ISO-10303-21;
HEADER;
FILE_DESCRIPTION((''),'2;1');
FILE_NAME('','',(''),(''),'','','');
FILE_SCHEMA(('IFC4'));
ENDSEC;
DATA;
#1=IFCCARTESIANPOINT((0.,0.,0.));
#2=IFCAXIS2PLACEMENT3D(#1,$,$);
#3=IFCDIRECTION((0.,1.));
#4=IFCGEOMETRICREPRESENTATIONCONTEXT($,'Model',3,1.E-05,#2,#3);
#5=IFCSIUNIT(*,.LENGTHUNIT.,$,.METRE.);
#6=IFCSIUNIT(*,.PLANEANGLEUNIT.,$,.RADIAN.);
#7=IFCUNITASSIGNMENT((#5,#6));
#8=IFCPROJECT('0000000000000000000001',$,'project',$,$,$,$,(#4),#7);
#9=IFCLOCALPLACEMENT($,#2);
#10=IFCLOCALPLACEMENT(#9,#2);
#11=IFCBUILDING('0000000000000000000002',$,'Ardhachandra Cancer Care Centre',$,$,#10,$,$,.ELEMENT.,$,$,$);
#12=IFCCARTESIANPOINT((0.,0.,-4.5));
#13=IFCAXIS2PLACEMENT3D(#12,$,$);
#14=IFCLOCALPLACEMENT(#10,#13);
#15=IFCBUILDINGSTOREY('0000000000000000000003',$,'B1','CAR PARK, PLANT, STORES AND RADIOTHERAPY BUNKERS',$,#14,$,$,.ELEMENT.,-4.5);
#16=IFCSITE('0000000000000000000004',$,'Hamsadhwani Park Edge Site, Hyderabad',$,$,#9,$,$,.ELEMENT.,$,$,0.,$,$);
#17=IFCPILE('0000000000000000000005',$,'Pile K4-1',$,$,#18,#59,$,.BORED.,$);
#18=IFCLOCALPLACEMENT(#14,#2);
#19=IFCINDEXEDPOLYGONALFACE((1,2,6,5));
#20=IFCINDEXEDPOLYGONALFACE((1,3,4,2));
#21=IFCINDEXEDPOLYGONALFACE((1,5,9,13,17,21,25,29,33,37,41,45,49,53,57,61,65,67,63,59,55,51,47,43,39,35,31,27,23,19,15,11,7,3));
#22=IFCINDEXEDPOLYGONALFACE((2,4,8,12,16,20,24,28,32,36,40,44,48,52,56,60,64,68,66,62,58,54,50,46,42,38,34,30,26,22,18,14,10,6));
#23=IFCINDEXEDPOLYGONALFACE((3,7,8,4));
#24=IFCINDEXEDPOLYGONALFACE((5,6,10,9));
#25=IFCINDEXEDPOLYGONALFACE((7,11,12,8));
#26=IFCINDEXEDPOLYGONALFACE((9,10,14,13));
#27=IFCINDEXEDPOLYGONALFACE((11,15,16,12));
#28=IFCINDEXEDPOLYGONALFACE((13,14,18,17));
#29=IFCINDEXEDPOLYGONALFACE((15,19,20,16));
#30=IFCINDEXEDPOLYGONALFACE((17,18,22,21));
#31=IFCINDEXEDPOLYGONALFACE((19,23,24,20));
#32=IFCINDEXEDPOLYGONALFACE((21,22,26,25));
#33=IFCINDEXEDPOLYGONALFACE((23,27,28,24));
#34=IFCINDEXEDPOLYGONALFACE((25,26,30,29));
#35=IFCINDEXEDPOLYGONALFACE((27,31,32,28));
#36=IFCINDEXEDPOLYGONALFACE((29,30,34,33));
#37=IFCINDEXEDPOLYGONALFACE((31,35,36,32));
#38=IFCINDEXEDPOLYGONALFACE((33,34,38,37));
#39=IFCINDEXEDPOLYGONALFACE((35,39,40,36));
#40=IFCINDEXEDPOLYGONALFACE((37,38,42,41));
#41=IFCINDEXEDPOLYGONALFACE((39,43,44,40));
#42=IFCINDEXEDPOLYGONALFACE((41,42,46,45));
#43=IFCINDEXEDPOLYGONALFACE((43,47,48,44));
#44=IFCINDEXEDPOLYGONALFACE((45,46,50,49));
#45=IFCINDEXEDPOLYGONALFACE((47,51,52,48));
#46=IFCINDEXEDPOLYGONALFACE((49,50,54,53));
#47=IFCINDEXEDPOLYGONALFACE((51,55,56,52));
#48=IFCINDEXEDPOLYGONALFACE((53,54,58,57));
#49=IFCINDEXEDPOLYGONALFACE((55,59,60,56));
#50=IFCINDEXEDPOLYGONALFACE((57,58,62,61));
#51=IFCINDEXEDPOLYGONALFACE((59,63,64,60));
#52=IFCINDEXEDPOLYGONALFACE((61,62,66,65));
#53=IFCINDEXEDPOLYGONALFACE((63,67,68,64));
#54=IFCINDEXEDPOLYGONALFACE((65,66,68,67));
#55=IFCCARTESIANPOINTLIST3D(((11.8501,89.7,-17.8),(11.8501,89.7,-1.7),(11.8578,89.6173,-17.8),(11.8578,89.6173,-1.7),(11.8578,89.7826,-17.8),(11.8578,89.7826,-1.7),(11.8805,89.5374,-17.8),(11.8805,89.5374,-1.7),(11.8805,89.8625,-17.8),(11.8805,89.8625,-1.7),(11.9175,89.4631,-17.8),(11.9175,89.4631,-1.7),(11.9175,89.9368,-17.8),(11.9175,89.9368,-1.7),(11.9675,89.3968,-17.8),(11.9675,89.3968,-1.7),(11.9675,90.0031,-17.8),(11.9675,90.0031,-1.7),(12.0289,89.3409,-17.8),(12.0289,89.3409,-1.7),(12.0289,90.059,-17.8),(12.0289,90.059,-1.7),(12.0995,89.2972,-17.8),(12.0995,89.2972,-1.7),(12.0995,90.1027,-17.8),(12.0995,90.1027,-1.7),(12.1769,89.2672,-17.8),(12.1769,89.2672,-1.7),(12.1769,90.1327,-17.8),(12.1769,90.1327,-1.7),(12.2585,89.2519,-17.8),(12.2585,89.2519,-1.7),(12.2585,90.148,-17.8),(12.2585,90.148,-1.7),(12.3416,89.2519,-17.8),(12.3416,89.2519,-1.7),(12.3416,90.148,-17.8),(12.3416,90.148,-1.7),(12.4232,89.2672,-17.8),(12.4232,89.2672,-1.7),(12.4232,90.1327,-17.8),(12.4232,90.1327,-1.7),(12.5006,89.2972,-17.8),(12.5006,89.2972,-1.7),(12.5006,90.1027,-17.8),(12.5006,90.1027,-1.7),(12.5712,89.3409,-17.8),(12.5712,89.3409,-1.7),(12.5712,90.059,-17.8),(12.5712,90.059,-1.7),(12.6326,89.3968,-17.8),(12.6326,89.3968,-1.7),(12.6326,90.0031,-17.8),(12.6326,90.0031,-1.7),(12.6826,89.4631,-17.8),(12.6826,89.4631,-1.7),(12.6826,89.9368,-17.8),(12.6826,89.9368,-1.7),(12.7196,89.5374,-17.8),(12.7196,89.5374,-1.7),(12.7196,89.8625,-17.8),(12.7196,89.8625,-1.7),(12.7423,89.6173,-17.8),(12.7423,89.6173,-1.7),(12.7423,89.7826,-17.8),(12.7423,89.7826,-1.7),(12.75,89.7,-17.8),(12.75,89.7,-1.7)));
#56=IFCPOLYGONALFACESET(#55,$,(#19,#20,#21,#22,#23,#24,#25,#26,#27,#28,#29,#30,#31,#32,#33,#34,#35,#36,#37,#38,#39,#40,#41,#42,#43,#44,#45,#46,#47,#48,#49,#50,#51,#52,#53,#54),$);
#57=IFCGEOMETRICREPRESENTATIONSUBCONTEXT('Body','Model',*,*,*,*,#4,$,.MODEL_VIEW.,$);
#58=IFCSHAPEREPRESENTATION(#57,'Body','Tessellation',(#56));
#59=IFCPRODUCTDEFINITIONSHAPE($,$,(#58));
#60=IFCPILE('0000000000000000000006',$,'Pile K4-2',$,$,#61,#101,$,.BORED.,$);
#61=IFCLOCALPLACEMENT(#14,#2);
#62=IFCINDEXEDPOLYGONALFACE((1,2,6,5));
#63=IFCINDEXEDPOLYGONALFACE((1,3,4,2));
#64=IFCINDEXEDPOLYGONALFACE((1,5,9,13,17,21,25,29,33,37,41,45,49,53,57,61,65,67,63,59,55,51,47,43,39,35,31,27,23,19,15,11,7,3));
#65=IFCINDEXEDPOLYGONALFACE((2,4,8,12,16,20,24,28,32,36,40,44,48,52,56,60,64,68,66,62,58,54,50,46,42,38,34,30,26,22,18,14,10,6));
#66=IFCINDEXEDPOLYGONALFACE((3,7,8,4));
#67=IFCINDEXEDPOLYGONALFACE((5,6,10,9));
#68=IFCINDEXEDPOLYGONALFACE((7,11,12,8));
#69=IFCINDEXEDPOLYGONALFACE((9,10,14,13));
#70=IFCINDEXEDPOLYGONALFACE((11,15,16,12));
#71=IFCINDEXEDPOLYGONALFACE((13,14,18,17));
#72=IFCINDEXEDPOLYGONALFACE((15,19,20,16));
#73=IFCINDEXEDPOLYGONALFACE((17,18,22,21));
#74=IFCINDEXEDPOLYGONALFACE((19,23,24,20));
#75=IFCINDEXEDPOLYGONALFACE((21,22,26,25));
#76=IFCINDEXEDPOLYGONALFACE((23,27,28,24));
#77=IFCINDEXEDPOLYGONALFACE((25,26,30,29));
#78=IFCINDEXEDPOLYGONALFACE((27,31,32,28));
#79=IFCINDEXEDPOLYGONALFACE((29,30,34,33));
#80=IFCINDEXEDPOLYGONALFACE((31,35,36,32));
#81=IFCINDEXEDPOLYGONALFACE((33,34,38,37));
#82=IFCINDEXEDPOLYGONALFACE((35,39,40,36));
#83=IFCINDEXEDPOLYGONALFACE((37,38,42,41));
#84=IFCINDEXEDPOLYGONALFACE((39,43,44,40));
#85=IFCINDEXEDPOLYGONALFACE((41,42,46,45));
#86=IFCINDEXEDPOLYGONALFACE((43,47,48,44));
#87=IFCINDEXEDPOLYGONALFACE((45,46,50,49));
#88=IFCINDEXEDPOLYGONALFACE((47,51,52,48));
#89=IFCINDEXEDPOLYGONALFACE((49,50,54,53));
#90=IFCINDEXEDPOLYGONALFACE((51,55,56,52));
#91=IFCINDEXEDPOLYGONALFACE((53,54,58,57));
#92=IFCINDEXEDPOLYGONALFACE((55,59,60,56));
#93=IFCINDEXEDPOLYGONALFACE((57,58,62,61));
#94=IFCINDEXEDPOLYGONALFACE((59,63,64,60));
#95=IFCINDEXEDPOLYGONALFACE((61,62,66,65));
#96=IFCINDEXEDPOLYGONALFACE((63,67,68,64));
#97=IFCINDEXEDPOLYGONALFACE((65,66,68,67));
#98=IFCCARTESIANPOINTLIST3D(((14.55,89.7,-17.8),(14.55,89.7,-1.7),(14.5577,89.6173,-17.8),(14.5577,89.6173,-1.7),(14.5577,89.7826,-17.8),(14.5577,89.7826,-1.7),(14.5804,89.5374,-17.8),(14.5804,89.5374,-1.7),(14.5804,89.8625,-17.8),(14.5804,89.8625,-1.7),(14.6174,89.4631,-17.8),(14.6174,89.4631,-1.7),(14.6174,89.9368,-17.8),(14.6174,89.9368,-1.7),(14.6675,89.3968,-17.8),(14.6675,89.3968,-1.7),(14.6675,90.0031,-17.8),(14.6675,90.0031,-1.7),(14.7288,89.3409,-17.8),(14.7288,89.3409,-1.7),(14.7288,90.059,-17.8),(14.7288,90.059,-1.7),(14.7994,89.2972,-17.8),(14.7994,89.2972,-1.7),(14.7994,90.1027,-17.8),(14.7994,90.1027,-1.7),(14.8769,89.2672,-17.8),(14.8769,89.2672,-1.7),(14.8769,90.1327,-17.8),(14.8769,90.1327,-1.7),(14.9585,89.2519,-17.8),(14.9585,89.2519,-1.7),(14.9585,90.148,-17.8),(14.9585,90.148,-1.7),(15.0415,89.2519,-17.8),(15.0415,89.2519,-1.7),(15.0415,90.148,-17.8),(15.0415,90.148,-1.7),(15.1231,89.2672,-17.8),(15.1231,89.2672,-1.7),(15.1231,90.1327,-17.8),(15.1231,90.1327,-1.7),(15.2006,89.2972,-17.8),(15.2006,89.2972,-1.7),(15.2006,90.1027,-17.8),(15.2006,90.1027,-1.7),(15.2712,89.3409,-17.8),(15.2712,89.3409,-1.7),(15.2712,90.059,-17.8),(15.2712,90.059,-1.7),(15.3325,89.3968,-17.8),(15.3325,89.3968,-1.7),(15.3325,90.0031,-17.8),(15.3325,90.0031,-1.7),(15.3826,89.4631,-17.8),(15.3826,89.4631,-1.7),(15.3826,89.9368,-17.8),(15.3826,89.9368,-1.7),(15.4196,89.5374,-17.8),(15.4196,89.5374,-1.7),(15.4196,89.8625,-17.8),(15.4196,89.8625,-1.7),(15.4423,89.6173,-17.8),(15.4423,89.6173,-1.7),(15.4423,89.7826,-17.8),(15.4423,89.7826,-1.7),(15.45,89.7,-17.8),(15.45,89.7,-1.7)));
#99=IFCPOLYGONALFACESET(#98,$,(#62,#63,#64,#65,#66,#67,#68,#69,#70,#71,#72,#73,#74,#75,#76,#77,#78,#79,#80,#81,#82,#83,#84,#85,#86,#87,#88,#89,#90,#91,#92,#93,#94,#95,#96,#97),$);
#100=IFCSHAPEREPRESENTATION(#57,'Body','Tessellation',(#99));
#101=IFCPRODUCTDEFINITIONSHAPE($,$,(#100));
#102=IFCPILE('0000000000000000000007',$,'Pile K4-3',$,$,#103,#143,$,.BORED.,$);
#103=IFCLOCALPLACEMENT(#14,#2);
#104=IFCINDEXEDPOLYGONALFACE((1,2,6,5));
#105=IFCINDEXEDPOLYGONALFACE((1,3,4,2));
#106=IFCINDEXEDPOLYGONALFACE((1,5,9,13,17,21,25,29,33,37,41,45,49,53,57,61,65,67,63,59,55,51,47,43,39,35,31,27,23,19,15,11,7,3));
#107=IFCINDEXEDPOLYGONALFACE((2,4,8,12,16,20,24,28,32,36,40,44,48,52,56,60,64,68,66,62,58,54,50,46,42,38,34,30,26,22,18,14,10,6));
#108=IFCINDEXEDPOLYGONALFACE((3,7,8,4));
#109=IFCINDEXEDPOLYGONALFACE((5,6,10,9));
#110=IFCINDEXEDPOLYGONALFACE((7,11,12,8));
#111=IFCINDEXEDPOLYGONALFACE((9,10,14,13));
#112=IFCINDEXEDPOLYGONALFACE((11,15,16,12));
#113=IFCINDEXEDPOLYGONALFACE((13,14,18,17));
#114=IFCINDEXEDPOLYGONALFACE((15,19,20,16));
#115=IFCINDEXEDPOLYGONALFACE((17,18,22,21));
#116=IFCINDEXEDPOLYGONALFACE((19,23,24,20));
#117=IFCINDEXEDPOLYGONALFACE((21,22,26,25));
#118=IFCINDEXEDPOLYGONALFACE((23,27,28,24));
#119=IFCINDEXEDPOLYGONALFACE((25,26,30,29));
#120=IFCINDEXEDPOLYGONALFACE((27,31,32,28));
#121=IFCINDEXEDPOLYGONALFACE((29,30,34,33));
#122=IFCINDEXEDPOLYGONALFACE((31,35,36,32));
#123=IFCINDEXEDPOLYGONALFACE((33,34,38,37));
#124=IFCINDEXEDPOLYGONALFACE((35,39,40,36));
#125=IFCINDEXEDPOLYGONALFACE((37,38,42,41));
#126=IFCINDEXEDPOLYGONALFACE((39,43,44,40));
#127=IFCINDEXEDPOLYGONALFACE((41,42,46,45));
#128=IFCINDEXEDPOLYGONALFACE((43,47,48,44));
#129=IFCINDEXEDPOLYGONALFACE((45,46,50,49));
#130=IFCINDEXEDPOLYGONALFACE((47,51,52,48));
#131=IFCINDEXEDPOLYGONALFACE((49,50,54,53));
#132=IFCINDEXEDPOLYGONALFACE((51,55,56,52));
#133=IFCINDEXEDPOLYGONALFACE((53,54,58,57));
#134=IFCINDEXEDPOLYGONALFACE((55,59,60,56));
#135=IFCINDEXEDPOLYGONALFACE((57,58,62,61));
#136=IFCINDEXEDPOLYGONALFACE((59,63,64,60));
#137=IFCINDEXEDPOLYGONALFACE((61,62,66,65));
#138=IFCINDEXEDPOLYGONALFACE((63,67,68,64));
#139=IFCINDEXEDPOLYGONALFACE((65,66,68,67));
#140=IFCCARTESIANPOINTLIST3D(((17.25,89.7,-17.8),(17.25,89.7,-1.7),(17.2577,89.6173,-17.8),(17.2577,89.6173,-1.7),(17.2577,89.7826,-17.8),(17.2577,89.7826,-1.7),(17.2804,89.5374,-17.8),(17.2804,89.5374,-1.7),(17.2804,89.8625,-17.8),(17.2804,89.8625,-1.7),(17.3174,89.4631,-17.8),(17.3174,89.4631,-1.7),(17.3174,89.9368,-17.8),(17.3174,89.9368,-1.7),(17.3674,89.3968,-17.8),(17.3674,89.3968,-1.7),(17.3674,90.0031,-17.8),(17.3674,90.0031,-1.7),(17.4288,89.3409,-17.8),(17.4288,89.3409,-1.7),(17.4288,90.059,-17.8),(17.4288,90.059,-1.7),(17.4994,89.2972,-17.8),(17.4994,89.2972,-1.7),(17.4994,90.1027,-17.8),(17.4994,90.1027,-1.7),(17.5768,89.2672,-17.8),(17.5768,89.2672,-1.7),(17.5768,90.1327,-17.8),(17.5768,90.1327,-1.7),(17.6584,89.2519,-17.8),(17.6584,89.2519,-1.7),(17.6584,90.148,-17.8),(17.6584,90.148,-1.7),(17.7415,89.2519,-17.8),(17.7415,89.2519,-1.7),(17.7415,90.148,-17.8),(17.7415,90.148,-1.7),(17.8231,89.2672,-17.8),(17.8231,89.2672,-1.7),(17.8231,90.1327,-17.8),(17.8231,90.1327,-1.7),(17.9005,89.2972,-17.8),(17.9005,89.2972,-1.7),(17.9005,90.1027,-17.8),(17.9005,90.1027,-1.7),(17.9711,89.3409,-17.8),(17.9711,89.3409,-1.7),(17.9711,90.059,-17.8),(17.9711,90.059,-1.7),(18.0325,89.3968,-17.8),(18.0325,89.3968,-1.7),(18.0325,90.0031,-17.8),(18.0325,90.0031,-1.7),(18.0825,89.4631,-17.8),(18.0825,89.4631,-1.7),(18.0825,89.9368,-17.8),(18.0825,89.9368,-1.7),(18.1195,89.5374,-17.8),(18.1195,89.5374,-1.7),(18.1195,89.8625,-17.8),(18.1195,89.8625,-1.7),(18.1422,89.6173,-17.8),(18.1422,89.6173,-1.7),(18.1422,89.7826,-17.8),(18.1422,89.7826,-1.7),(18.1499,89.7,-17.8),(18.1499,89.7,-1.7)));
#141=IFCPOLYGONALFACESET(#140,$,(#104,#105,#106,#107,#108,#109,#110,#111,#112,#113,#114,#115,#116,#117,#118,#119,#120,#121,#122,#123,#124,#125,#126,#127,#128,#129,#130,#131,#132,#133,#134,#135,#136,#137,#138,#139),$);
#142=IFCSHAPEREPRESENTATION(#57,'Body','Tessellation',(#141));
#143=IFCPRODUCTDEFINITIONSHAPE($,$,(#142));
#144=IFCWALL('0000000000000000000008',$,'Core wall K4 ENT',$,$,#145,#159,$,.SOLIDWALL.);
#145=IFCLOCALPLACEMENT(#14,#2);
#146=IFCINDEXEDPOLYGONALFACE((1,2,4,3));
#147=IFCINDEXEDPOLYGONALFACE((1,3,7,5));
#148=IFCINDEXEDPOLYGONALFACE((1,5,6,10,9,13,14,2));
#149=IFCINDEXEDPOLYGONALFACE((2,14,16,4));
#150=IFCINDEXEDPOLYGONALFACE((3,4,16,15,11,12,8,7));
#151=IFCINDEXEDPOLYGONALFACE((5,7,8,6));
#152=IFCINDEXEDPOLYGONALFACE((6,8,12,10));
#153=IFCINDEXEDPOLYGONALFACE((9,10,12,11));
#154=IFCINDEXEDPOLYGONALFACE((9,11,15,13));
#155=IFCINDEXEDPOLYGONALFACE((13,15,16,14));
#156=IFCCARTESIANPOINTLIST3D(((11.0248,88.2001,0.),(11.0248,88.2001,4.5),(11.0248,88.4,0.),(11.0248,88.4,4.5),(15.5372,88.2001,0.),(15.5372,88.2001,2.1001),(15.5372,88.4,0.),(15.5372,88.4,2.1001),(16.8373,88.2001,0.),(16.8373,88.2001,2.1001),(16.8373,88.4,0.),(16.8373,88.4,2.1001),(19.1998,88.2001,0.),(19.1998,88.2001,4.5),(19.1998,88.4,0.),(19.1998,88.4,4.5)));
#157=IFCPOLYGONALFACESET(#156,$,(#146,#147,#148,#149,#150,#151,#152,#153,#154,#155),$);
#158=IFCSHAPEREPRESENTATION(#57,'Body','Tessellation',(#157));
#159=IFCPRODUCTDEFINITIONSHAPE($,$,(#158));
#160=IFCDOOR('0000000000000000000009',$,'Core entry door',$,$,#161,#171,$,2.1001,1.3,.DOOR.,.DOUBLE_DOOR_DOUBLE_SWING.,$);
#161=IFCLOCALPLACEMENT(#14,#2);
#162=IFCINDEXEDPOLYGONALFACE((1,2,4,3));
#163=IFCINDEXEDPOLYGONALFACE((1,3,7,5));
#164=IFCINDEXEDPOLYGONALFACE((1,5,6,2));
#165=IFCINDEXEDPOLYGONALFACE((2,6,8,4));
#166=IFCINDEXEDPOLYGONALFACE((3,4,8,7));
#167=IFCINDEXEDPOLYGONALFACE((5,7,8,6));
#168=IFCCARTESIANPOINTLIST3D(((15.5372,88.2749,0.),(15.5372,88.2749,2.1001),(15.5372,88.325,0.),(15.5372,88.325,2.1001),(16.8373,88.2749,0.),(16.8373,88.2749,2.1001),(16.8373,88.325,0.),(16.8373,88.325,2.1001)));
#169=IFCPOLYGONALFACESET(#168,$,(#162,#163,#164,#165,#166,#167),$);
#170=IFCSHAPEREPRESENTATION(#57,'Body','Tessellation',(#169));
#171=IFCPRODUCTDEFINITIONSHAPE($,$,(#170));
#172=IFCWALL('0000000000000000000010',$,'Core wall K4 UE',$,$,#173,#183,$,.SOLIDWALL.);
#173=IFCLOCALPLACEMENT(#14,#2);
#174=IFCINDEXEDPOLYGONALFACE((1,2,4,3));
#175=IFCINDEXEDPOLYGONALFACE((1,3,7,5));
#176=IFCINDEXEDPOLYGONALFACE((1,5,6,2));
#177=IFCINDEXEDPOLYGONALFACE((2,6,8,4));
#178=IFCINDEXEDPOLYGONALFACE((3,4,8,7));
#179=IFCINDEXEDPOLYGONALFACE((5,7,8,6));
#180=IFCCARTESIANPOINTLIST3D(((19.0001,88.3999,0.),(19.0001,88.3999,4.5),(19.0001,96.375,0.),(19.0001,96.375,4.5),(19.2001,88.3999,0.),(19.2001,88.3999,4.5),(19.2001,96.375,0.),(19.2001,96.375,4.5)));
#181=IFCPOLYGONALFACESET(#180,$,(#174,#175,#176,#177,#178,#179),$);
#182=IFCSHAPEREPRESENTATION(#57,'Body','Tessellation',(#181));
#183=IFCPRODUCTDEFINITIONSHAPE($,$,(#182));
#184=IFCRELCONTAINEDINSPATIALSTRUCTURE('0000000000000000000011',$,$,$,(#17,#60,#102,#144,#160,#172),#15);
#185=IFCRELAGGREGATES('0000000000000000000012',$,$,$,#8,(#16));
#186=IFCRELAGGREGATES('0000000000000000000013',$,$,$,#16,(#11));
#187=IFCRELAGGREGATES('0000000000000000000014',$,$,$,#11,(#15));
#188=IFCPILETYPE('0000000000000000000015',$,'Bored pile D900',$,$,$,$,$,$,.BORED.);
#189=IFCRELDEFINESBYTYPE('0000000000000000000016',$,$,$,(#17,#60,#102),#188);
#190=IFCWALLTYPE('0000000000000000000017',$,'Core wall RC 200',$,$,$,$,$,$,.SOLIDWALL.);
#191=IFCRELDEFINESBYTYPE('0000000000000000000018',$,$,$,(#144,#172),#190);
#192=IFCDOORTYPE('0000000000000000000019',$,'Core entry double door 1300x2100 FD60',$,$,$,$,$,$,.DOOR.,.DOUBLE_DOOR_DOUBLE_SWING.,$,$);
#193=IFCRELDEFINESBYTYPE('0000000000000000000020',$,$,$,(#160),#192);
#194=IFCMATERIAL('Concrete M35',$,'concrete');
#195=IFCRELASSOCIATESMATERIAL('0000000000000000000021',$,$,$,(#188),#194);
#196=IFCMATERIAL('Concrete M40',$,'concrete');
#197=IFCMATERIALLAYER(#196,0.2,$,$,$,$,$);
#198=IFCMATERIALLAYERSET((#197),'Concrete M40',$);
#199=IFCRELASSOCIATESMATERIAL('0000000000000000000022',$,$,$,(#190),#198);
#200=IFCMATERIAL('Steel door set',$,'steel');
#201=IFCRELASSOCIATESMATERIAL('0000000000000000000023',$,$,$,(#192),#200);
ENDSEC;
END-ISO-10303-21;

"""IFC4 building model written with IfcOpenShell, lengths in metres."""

from ifc_helpers import new_model, si_unit, direction, frame, frame_2d, origin, origin_2d, place, context, subcontext, project, spatial, rectangle, circle, extrude, material, layer, layer_set, material_profile, profile_set, type_object, element, fill, save


model = new_model("IFC4")

# Units and contexts
model_context = context("Model", 3, precision=1e-05, world=origin(), true_north=direction((0.0, 1.0)))
body_context = subcontext(model_context, "Body", "Model", "MODEL_VIEW")
ifc_project = project(units=[si_unit("LENGTHUNIT", "METRE"), si_unit("PLANEANGLEUNIT", "RADIAN")], contexts=[model_context])

# Site, building, storey
site_placement = place(None, origin())
site = spatial("IfcSite", under=ifc_project, at=site_placement, Name="Hamsadhwani Park Edge Site, Hyderabad", CompositionType="ELEMENT", RefElevation=0.0)
building_placement = place(site_placement, origin())
building = spatial("IfcBuilding", under=site, at=building_placement, Name="Ardhachandra Cancer Care Centre", CompositionType="ELEMENT")
storey_placement = place(building_placement, frame((0.0, 0.0, -4.5)))
storey = spatial("IfcBuildingStorey", under=building, at=storey_placement, Name="B1", Description="CAR PARK, PLANT, STORES AND RADIOTHERAPY BUNKERS", CompositionType="ELEMENT", Elevation=-4.5)

# Piles
ifc_material_1 = material(Name="Concrete M35", Category="concrete")
ifc_material_profile_1 = material_profile(ifc_material_1, circle(Radius=0.45, at=origin_2d()), Name="D900")
ifc_profile_set_1 = profile_set([ifc_material_profile_1], Name="Concrete M35")
pile_type_1 = type_object("IfcPileType", Name="Bored pile D900", PredefinedType="BORED", material=ifc_profile_set_1)
for number, where, z_axis, x_axis, name in (
    (1, (12.3, 89.7, -1.7), (0.0, 0.0, -1.0), (1.0, 0.0, 0.0), "Pile K4-1"),
    (2, (15.0, 89.7, -1.7), (0.0, 0.0, -1.0), (1.0, 0.0, 0.0), "Pile K4-2"),
    (3, (17.7, 89.7, -1.7), (0.0, 0.0, -1.0), (1.0, 0.0, 0.0), "Pile K4-3"),
):
    element("IfcPile", number, at=place(storey_placement, frame(where, z_axis=z_axis, x_axis=x_axis)), inside=storey, type_object=pile_type_1, Name=name, PredefinedType="BORED", context=body_context, shape_type="SweptSolid", body=[
        extrude(circle(Radius=0.45, at=origin_2d()), origin(), (0.0, 0.0, 1.0), 16.1001),
    ])

# Wall, opening, door
ifc_material_2 = material(Name="Concrete M40", Category="concrete")
ifc_layer_1 = layer(ifc_material_2, 0.2)
ifc_layer_set_1 = layer_set([ifc_layer_1], Name="Concrete M40")
wall_type_1 = type_object("IfcWallType", Name="Core wall RC 200", PredefinedType="SOLIDWALL", material=ifc_layer_set_1)
wall_1_placement = place(storey_placement, frame((11.0249, 88.3, 0.0), z_axis=(0.0, 0.0, 1.0), x_axis=(1.0, 0.0, 0.0)))
wall_1 = element("IfcWall", 4, at=wall_1_placement, inside=storey, type_object=wall_type_1, Name="Core wall K4 ENT", PredefinedType="SOLIDWALL", context=body_context, shape_type="SweptSolid", body=[
    extrude(rectangle(XDim=8.175, YDim=0.2, at=frame_2d((4.0874, 0.0))), origin(), (0.0, 0.0, 1.0), 4.5),
])
opening_1_placement = place(wall_1_placement, frame((4.5125, 0.0, 0.0)))
opening_1 = element("IfcOpeningElement", 5, at=opening_1_placement, cuts=wall_1, PredefinedType="OPENING", context=body_context, shape_type="SweptSolid", body=[
    extrude(rectangle(XDim=1.3, YDim=2.1001, at=frame_2d((0.6499, 1.05))), frame((0.0, 0.1099, 0.0), z_axis=(0.0, -1.0, 0.0), x_axis=(1.0, 0.0, 0.0)), (0.0, 0.0, 1.0), 0.22),
])
ifc_material_3 = material(Name="Steel door set", Category="steel")
door_type_1 = type_object("IfcDoorType", Name="Core entry double door 1300x2100 FD60", OperationType="DOUBLE_DOOR_DOUBLE_SWING", PredefinedType="DOOR", material=ifc_material_3)
door_1_placement = place(opening_1_placement, origin())
door_1 = element("IfcDoor", 6, at=door_1_placement, inside=storey, type_object=door_type_1, Name="Core entry door", OperationType="DOUBLE_DOOR_DOUBLE_SWING", OverallHeight=2.1001, OverallWidth=1.3, PredefinedType="DOOR", context=body_context, shape_type="SweptSolid", body=[
    extrude(rectangle(XDim=1.3, YDim=2.1001, at=frame_2d((0.6499, 1.05))), frame((0.0, 0.0249, 0.0), z_axis=(0.0, -1.0, 0.0), x_axis=(1.0, 0.0, 0.0)), (0.0, 0.0, 1.0), 0.05),
])
fill(opening_1, door_1)

# Wall
wall_2_placement = place(storey_placement, frame((19.1001, 88.3999, 0.0), z_axis=(0.0, 0.0, 1.0), x_axis=(0.0, 1.0, 0.0)))
element("IfcWall", 7, at=wall_2_placement, inside=storey, type_object=wall_type_1, Name="Core wall K4 UE", PredefinedType="SOLIDWALL", context=body_context, shape_type="SweptSolid", body=[
    extrude(rectangle(XDim=7.9751, YDim=0.2, at=frame_2d((3.9875, 0.0))), origin(), (0.0, 0.0, 1.0), 4.5),
])

save(model, "model.ifc")
